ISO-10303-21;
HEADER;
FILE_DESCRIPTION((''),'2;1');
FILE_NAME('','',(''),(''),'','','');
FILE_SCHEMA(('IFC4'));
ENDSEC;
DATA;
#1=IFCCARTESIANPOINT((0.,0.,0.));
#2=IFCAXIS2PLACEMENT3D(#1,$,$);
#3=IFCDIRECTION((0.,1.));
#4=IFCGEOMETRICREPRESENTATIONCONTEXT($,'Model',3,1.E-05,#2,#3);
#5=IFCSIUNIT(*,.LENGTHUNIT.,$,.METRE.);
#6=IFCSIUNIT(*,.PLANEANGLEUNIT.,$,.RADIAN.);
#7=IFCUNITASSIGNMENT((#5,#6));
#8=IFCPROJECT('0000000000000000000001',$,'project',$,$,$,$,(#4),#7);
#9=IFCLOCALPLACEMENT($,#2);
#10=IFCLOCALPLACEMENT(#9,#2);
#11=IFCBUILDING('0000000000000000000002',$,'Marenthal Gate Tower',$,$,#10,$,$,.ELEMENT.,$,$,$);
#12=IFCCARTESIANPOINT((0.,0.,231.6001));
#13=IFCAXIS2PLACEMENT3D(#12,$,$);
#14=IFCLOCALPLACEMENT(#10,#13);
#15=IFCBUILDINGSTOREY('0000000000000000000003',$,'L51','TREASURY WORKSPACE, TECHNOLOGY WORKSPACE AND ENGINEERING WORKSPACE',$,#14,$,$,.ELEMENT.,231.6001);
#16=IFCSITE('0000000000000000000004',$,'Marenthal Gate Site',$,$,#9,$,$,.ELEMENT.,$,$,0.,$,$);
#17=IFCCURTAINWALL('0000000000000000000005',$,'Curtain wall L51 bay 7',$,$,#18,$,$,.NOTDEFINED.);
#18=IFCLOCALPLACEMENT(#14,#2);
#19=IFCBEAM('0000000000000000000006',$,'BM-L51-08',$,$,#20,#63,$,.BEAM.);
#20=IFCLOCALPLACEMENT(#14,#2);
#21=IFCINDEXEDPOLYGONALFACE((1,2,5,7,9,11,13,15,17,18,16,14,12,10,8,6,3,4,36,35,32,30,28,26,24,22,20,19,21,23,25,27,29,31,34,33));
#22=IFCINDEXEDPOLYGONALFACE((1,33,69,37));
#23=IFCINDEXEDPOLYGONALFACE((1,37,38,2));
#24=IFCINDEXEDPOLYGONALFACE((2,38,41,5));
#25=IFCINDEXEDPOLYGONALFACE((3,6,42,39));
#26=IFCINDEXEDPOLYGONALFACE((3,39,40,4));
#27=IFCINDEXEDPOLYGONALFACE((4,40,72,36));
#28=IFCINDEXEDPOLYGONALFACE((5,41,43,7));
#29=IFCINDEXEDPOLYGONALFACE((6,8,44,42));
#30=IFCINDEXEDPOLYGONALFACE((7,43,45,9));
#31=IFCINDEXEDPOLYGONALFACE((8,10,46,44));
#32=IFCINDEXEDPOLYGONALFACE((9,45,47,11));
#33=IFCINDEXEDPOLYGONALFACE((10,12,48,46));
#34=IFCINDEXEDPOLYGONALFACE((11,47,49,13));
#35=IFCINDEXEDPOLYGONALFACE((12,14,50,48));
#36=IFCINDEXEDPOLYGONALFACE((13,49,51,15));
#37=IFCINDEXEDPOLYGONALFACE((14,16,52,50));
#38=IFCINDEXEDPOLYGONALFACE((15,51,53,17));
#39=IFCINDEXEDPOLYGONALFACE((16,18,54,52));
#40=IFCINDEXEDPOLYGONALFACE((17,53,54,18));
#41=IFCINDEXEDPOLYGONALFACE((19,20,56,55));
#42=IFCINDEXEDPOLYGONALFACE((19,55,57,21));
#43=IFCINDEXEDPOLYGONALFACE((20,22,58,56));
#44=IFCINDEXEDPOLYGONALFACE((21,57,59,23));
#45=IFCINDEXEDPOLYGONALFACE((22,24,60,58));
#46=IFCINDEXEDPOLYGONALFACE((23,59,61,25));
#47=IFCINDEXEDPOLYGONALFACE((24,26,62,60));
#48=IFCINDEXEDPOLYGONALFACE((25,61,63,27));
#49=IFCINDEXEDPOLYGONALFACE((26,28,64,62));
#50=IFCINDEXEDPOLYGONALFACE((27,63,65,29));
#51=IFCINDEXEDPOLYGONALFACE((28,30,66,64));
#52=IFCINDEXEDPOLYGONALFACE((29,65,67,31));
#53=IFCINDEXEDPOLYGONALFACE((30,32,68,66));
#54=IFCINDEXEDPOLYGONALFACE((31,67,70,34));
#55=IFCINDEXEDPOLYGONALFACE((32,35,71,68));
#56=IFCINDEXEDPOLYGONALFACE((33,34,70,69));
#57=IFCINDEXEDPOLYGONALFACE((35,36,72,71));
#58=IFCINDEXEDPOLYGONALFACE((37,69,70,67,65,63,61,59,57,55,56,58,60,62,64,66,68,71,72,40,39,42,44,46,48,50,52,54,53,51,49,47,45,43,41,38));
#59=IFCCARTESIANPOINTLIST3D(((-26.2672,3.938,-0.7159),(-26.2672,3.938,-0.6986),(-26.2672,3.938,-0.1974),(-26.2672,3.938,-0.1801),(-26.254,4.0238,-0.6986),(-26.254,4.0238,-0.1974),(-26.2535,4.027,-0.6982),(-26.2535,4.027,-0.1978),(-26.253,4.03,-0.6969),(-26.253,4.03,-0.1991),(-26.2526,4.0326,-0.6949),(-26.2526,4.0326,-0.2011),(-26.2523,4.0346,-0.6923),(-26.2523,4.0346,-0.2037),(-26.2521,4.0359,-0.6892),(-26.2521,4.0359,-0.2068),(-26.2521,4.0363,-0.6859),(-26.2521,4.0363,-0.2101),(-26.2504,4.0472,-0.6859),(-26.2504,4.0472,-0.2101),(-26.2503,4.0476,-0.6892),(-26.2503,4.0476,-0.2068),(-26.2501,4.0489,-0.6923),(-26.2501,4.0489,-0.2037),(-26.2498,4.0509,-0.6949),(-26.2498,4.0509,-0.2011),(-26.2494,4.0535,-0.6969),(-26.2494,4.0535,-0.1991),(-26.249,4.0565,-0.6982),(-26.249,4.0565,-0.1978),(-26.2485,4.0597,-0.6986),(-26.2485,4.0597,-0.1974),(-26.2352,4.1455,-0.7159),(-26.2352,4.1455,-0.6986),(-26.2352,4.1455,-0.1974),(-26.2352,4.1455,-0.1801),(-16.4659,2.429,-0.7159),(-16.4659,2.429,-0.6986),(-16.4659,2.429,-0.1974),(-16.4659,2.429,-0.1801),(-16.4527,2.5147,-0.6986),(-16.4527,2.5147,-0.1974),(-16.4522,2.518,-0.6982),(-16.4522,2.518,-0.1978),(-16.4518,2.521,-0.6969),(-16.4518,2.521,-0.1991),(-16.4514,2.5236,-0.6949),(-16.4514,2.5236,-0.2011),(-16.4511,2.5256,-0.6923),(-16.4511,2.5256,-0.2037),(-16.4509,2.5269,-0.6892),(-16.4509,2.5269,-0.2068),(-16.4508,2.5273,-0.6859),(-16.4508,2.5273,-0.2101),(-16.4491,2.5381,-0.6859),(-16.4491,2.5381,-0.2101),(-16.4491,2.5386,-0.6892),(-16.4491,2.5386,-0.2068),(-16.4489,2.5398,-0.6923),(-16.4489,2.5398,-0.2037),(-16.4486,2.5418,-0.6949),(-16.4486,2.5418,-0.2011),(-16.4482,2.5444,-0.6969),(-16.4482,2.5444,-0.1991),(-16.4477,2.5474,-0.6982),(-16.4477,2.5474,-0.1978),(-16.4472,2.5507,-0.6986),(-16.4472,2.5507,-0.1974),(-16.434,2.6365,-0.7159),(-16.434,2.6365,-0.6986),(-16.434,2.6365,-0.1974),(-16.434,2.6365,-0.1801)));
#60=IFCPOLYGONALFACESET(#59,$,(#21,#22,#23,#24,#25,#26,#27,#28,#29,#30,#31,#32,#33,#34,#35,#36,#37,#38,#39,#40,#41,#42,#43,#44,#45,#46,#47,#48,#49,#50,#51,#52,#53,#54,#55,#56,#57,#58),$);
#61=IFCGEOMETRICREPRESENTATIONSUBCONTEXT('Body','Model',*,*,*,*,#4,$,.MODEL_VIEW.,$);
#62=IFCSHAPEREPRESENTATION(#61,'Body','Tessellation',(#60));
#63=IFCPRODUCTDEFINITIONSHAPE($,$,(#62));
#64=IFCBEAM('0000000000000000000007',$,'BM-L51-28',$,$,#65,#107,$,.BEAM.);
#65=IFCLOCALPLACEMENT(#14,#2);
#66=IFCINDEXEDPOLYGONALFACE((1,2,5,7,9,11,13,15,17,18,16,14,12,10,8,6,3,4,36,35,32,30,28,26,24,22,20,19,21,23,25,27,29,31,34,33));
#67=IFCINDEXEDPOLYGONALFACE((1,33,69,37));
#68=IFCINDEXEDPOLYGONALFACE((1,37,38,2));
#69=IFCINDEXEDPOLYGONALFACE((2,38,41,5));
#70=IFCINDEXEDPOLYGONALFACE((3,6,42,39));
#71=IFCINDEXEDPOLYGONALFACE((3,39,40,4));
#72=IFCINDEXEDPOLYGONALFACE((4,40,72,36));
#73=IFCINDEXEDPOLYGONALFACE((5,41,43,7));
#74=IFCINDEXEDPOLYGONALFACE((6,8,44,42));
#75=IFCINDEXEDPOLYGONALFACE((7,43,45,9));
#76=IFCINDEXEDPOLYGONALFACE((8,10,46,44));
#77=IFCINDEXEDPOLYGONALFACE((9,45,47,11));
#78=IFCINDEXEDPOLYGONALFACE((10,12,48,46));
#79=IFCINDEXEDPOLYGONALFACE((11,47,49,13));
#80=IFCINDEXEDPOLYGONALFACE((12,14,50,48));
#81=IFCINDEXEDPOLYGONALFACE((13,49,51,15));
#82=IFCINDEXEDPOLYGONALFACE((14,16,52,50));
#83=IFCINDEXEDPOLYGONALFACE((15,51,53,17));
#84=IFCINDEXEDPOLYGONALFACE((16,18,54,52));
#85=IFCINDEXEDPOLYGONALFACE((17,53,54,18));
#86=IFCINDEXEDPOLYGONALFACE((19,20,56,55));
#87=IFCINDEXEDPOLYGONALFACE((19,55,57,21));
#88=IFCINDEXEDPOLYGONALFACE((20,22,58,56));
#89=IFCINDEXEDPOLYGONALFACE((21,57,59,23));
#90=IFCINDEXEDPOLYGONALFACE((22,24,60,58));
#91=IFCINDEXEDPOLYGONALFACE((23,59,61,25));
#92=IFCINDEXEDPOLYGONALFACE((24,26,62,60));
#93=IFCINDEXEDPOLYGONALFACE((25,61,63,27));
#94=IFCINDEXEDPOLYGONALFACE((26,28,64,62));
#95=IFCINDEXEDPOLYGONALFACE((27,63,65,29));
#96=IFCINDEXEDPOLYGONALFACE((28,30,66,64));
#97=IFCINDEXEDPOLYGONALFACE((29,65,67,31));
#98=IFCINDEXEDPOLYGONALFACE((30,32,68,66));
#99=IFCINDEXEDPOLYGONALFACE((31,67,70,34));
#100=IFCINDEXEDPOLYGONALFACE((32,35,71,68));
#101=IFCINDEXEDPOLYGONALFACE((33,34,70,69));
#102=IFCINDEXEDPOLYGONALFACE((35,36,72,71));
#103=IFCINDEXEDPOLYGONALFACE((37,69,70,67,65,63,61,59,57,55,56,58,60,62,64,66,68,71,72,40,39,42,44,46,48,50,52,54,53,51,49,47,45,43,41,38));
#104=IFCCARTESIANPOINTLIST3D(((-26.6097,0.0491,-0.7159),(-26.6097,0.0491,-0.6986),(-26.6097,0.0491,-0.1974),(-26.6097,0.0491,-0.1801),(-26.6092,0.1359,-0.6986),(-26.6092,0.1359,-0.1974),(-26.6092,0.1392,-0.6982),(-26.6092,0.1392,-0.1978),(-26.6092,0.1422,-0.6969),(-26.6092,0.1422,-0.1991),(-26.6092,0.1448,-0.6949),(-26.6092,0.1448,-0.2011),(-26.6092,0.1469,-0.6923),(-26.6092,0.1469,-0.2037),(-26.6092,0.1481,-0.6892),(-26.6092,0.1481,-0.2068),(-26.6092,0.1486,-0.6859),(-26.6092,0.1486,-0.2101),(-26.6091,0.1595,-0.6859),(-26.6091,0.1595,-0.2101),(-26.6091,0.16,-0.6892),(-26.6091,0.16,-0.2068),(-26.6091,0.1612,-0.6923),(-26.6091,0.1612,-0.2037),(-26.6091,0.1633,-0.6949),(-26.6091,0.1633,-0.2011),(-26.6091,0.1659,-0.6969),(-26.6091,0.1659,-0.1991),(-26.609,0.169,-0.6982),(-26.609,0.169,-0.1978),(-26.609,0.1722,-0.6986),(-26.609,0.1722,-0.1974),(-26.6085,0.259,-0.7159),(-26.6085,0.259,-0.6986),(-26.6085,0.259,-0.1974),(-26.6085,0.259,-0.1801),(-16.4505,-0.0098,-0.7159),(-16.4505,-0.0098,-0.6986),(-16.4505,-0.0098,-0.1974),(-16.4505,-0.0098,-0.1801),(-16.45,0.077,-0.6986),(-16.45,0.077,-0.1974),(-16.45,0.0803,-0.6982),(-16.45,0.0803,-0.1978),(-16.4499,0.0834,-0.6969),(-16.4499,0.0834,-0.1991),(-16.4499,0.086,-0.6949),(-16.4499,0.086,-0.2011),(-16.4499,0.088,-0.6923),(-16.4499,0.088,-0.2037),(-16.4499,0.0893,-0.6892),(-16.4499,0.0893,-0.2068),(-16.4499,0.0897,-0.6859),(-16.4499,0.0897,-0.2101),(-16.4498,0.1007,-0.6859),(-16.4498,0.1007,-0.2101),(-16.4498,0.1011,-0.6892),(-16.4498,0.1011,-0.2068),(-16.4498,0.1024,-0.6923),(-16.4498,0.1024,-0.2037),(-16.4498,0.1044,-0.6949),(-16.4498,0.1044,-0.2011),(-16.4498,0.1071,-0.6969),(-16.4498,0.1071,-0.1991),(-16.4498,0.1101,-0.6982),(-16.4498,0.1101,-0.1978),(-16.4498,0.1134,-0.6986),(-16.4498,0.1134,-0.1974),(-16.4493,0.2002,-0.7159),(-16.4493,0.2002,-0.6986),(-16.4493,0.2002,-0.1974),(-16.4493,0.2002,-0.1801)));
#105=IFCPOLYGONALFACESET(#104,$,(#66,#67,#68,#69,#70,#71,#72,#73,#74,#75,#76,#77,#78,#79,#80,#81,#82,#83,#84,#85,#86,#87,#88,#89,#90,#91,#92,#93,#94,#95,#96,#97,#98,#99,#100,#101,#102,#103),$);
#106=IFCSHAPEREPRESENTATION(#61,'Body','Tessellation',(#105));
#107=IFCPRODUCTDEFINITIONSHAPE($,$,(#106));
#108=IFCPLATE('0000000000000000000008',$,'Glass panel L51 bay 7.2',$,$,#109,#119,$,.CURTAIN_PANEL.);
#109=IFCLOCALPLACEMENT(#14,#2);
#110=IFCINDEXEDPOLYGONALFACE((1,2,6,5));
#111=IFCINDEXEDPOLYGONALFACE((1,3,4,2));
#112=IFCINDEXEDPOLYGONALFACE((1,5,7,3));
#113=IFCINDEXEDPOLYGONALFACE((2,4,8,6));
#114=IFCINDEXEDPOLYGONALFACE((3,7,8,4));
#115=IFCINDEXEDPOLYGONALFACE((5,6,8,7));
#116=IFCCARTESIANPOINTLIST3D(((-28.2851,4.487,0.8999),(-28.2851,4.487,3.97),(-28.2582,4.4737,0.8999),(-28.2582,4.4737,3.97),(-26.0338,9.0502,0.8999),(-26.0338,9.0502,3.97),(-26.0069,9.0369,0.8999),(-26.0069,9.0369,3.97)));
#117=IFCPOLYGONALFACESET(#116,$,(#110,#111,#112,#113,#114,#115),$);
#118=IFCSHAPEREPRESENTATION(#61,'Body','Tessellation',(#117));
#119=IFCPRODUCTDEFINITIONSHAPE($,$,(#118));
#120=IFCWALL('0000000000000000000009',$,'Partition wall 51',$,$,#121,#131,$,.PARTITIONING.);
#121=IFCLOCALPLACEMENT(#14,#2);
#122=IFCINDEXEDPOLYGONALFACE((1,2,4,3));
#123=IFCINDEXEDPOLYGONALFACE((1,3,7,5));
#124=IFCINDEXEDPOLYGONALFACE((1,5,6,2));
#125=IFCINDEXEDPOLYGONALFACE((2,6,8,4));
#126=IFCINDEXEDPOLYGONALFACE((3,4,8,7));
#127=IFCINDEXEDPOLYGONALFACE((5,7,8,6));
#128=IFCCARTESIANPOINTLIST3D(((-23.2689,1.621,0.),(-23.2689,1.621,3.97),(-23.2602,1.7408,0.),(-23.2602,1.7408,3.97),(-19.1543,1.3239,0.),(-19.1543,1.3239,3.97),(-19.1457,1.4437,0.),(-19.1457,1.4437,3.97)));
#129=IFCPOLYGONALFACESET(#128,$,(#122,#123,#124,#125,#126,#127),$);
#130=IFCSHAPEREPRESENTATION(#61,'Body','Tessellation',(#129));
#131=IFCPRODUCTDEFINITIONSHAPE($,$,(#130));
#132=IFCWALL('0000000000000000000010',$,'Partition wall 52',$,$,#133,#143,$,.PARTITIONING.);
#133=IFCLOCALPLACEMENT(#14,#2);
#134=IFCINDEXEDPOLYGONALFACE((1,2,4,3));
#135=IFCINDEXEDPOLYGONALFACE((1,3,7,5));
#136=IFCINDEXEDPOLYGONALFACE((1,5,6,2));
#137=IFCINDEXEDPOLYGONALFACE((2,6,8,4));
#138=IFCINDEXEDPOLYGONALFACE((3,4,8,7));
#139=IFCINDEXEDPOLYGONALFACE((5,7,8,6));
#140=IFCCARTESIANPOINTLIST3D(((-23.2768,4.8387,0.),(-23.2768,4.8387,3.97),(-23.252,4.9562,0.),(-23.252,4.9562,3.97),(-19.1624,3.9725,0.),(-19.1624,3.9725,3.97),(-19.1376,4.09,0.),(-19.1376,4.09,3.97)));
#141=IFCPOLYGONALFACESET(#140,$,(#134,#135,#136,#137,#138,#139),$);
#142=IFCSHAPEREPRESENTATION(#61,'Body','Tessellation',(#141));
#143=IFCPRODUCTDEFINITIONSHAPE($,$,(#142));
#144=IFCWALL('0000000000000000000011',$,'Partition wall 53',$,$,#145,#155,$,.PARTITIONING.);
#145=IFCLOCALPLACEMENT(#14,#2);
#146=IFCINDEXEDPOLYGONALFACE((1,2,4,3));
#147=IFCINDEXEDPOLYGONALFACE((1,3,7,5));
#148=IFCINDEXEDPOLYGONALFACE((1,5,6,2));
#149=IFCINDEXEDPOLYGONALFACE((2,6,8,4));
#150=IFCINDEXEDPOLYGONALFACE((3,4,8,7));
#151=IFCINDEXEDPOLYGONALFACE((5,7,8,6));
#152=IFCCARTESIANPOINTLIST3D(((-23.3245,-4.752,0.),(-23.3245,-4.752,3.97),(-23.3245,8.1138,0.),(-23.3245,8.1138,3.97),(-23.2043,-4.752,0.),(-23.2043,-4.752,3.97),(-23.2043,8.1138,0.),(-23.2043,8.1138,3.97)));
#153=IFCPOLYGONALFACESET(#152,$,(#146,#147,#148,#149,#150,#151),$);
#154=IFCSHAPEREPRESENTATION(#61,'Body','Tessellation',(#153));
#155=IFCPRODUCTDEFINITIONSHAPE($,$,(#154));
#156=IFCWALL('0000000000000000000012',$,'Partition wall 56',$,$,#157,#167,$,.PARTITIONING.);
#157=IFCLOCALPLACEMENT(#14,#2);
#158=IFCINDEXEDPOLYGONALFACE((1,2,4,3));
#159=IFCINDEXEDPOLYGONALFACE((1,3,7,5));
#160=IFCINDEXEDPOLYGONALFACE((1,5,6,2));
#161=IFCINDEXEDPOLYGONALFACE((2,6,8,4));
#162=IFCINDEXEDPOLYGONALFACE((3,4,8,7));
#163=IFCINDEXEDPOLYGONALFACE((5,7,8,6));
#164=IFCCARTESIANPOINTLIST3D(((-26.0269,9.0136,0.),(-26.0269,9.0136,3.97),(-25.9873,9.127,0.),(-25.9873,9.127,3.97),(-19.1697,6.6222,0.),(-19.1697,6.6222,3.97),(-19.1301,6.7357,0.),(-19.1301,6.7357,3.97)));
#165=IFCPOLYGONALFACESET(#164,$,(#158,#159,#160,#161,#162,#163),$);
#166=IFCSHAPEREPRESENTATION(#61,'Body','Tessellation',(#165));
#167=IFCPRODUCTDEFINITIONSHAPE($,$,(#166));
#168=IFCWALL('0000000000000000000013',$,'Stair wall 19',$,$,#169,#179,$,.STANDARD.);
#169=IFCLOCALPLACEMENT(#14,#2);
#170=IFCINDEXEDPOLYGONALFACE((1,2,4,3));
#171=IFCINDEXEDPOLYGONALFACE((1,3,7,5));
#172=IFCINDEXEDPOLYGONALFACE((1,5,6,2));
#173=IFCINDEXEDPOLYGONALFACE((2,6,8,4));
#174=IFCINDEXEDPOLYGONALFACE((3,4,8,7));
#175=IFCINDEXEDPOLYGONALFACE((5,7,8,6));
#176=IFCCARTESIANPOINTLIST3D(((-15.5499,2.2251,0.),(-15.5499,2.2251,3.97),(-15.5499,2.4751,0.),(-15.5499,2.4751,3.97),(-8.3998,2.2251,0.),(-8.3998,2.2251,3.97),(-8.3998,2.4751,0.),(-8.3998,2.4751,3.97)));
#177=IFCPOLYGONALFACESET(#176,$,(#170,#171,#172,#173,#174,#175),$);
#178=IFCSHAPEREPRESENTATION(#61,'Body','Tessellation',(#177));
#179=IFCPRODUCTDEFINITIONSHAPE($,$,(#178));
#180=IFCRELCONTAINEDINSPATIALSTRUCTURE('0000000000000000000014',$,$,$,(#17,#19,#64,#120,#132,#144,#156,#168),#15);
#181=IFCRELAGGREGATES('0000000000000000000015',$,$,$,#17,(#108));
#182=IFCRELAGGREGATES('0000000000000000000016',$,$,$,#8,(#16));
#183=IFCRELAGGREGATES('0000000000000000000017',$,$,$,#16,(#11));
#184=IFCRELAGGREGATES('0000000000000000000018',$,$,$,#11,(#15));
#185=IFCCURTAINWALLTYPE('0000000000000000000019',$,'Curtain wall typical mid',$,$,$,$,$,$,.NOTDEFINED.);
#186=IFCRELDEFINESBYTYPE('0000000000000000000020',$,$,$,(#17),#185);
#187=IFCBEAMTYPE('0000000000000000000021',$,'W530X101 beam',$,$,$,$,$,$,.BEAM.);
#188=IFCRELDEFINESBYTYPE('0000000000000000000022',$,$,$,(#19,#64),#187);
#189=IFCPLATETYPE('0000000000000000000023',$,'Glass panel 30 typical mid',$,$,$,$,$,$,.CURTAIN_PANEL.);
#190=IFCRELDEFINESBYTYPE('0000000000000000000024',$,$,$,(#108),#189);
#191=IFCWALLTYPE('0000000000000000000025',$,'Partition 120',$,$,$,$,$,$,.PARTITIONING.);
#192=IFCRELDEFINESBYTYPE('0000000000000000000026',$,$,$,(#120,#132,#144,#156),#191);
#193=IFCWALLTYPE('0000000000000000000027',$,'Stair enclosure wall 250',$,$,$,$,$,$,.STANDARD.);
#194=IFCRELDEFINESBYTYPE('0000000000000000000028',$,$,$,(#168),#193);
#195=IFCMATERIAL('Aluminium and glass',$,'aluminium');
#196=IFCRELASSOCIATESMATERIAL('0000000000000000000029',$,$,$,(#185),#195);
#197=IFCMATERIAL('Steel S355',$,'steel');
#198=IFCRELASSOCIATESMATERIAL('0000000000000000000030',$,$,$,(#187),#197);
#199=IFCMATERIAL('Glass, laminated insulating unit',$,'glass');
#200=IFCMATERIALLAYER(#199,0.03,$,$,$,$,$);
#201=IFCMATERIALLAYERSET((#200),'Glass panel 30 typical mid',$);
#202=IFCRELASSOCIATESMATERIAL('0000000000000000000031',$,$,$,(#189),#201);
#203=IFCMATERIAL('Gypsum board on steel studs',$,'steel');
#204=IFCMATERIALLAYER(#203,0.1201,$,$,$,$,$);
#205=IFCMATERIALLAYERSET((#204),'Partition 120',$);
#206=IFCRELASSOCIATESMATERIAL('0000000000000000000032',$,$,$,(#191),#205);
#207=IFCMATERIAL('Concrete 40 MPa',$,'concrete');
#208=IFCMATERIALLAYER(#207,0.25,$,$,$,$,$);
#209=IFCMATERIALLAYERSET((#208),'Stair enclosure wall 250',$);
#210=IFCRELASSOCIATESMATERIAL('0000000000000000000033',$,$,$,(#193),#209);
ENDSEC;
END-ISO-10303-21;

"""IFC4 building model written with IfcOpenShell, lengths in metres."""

from ifc_helpers import new_model, si_unit, direction, frame, frame_2d, origin, origin_2d, place, context, subcontext, project, spatial, rectangle, i_section, extrude, material, layer, layer_set, material_profile, profile_set, type_object, element, aggregate, save


model = new_model("IFC4")

# Units and contexts
model_context = context("Model", 3, precision=1e-05, world=origin(), true_north=direction((0.0, 1.0)))
body_context = subcontext(model_context, "Body", "Model", "MODEL_VIEW")
ifc_project = project(units=[si_unit("LENGTHUNIT", "METRE"), si_unit("PLANEANGLEUNIT", "RADIAN")], contexts=[model_context])

# Site, building, storey
site_placement = place(None, origin())
site = spatial("IfcSite", under=ifc_project, at=site_placement, Name="Marenthal Gate Site", CompositionType="ELEMENT", RefElevation=0.0)
building_placement = place(site_placement, origin())
building = spatial("IfcBuilding", under=site, at=building_placement, Name="Marenthal Gate Tower", CompositionType="ELEMENT")
storey_placement = place(building_placement, frame((0.0, 0.0, 231.6001)))
storey = spatial("IfcBuildingStorey", under=building, at=storey_placement, Name="L51", Description="TREASURY WORKSPACE, TECHNOLOGY WORKSPACE AND ENGINEERING WORKSPACE", CompositionType="ELEMENT", Elevation=231.6001)

# Curtain wall
ifc_material_1 = material(Name="Aluminium and glass", Category="aluminium")
curtain_wall_type = type_object("IfcCurtainWallType", Name="Curtain wall typical mid", PredefinedType="NOTDEFINED", material=ifc_material_1)
curtain_wall_placement = place(storey_placement, origin())
curtain_wall = element("IfcCurtainWall", 1, at=curtain_wall_placement, inside=storey, type_object=curtain_wall_type, Name="Curtain wall L51 bay 7", PredefinedType="NOTDEFINED")

# Beams
ifc_material_2 = material(Name="Steel S355", Category="steel")
ifc_material_profile_1 = material_profile(ifc_material_2, i_section(OverallWidth=0.21, OverallDepth=0.5359, WebThickness=0.011, FlangeThickness=0.0173, FilletRadius=0.0127, at=origin_2d()), Name="W530X101")
ifc_profile_set_1 = profile_set([ifc_material_profile_1], Name="Steel S355")
beam_type_1 = type_object("IfcBeamType", Name="W530X101 beam", PredefinedType="BEAM", material=ifc_profile_set_1)
beam_1_placement = place(storey_placement, frame((-26.2512, 4.0417, -0.448), z_axis=(0.988354, -0.15217, 0.0), x_axis=(0.15217, 0.988354, 0.0)))
element("IfcBeam", 2, at=beam_1_placement, inside=storey, type_object=beam_type_1, Name="BM-L51-08", PredefinedType="BEAM", context=body_context, shape_type="SweptSolid", body=[
    extrude(i_section(OverallWidth=0.21, OverallDepth=0.5359, WebThickness=0.011, FlangeThickness=0.0173, FilletRadius=0.0127, at=origin_2d()), origin(), (0.0, 0.0, 1.0), 9.9167),
])
beam_2_placement = place(storey_placement, frame((-26.6091, 0.1541, -0.448), z_axis=(0.999983, -0.005792, 0.0), x_axis=(0.005792, 0.999983, 0.0)))
element("IfcBeam", 3, at=beam_2_placement, inside=storey, type_object=beam_type_1, Name="BM-L51-28", PredefinedType="BEAM", context=body_context, shape_type="SweptSolid", body=[
    extrude(i_section(OverallWidth=0.21, OverallDepth=0.5359, WebThickness=0.011, FlangeThickness=0.0173, FilletRadius=0.0127, at=origin_2d()), origin(), (0.0, 0.0, 1.0), 10.1594),
])

# Plate
ifc_material_3 = material(Name="Glass, laminated insulating unit", Category="glass")
ifc_layer_1 = layer(ifc_material_3, 0.03)
ifc_layer_set_1 = layer_set([ifc_layer_1], Name="Glass panel 30 typical mid")
plate_type = type_object("IfcPlateType", Name="Glass panel 30 typical mid", PredefinedType="CURTAIN_PANEL", material=ifc_layer_set_1)
plate_placement = place(storey_placement, frame((-27.146, 6.762, 0.8999), z_axis=(0.0, 0.0, 1.0), x_axis=(-0.442441, -0.896798, 0.0)))
plate = element("IfcPlate", 4, at=plate_placement, type_object=plate_type, Name="Glass panel L51 bay 7.2", PredefinedType="CURTAIN_PANEL", context=body_context, shape_type="SweptSolid", body=[
    extrude(rectangle(XDim=5.0884, YDim=0.03, at=origin_2d()), origin(), (0.0, 0.0, 1.0), 3.0701),
])
aggregate(curtain_wall, [plate])

# Walls
ifc_material_4 = material(Name="Gypsum board on steel studs", Category="steel")
ifc_layer_2 = layer(ifc_material_4, 0.1201)
ifc_layer_set_2 = layer_set([ifc_layer_2], Name="Partition 120")
wall_type_1 = type_object("IfcWallType", Name="Partition 120", PredefinedType="PARTITIONING", material=ifc_layer_set_2)
wall_1_placement = place(storey_placement, frame((-23.2644, 1.6809, 0.0), z_axis=(0.0, 0.0, 1.0), x_axis=(0.997403, -0.072025, 0.0)))
element("IfcWall", 5, at=wall_1_placement, inside=storey, type_object=wall_type_1, Name="Partition wall 51", PredefinedType="PARTITIONING", context=body_context, shape_type="SweptSolid", body=[
    extrude(rectangle(XDim=4.1252, YDim=0.1201, at=frame_2d((2.0625, 0.0))), origin(), (0.0, 0.0, 1.0), 3.97),
])
wall_2_placement = place(storey_placement, frame((-23.2644, 4.8975, 0.0), z_axis=(0.0, 0.0, 1.0), x_axis=(0.97855, -0.20601, 0.0)))
element("IfcWall", 6, at=wall_2_placement, inside=storey, type_object=wall_type_1, Name="Partition wall 52", PredefinedType="PARTITIONING", context=body_context, shape_type="SweptSolid", body=[
    extrude(rectangle(XDim=4.2046, YDim=0.1201, at=frame_2d((2.1023, 0.0))), origin(), (0.0, 0.0, 1.0), 3.97),
])
wall_3_placement = place(storey_placement, frame((-23.2644, 8.1138, 0.0), z_axis=(0.0, 0.0, 1.0), x_axis=(0.0, -1.0, 0.0)))
element("IfcWall", 7, at=wall_3_placement, inside=storey, type_object=wall_type_1, Name="Partition wall 53", PredefinedType="PARTITIONING", context=body_context, shape_type="SweptSolid", body=[
    extrude(rectangle(XDim=12.8657, YDim=0.1201, at=frame_2d((6.4329, 0.0))), origin(), (0.0, 0.0, 1.0), 3.97),
])
wall_4_placement = place(storey_placement, frame((-19.1499, 6.679, 0.0), z_axis=(0.0, 0.0, 1.0), x_axis=(-0.944229, 0.329289, 0.0)))
element("IfcWall", 8, at=wall_4_placement, inside=storey, type_object=wall_type_1, Name="Partition wall 56", PredefinedType="PARTITIONING", context=body_context, shape_type="SweptSolid", body=[
    extrude(rectangle(XDim=7.2622, YDim=0.1201, at=frame_2d((3.6311, 0.0))), origin(), (0.0, 0.0, 1.0), 3.97),
])
ifc_material_5 = material(Name="Concrete 40 MPa", Category="concrete")
ifc_layer_3 = layer(ifc_material_5, 0.25)
ifc_layer_set_3 = layer_set([ifc_layer_3], Name="Stair enclosure wall 250")
wall_type_2 = type_object("IfcWallType", Name="Stair enclosure wall 250", PredefinedType="STANDARD", material=ifc_layer_set_3)
wall_5_placement = place(storey_placement, frame((-15.55, 2.3501, 0.0), z_axis=(0.0, 0.0, 1.0), x_axis=(1.0, 0.0, 0.0)))
element("IfcWall", 9, at=wall_5_placement, inside=storey, type_object=wall_type_2, Name="Stair wall 19", PredefinedType="STANDARD", context=body_context, shape_type="SweptSolid", body=[
    extrude(rectangle(XDim=7.1501, YDim=0.25, at=frame_2d((3.5752, 0.0))), origin(), (0.0, 0.0, 1.0), 3.97),
])

save(model, "model.ifc")
